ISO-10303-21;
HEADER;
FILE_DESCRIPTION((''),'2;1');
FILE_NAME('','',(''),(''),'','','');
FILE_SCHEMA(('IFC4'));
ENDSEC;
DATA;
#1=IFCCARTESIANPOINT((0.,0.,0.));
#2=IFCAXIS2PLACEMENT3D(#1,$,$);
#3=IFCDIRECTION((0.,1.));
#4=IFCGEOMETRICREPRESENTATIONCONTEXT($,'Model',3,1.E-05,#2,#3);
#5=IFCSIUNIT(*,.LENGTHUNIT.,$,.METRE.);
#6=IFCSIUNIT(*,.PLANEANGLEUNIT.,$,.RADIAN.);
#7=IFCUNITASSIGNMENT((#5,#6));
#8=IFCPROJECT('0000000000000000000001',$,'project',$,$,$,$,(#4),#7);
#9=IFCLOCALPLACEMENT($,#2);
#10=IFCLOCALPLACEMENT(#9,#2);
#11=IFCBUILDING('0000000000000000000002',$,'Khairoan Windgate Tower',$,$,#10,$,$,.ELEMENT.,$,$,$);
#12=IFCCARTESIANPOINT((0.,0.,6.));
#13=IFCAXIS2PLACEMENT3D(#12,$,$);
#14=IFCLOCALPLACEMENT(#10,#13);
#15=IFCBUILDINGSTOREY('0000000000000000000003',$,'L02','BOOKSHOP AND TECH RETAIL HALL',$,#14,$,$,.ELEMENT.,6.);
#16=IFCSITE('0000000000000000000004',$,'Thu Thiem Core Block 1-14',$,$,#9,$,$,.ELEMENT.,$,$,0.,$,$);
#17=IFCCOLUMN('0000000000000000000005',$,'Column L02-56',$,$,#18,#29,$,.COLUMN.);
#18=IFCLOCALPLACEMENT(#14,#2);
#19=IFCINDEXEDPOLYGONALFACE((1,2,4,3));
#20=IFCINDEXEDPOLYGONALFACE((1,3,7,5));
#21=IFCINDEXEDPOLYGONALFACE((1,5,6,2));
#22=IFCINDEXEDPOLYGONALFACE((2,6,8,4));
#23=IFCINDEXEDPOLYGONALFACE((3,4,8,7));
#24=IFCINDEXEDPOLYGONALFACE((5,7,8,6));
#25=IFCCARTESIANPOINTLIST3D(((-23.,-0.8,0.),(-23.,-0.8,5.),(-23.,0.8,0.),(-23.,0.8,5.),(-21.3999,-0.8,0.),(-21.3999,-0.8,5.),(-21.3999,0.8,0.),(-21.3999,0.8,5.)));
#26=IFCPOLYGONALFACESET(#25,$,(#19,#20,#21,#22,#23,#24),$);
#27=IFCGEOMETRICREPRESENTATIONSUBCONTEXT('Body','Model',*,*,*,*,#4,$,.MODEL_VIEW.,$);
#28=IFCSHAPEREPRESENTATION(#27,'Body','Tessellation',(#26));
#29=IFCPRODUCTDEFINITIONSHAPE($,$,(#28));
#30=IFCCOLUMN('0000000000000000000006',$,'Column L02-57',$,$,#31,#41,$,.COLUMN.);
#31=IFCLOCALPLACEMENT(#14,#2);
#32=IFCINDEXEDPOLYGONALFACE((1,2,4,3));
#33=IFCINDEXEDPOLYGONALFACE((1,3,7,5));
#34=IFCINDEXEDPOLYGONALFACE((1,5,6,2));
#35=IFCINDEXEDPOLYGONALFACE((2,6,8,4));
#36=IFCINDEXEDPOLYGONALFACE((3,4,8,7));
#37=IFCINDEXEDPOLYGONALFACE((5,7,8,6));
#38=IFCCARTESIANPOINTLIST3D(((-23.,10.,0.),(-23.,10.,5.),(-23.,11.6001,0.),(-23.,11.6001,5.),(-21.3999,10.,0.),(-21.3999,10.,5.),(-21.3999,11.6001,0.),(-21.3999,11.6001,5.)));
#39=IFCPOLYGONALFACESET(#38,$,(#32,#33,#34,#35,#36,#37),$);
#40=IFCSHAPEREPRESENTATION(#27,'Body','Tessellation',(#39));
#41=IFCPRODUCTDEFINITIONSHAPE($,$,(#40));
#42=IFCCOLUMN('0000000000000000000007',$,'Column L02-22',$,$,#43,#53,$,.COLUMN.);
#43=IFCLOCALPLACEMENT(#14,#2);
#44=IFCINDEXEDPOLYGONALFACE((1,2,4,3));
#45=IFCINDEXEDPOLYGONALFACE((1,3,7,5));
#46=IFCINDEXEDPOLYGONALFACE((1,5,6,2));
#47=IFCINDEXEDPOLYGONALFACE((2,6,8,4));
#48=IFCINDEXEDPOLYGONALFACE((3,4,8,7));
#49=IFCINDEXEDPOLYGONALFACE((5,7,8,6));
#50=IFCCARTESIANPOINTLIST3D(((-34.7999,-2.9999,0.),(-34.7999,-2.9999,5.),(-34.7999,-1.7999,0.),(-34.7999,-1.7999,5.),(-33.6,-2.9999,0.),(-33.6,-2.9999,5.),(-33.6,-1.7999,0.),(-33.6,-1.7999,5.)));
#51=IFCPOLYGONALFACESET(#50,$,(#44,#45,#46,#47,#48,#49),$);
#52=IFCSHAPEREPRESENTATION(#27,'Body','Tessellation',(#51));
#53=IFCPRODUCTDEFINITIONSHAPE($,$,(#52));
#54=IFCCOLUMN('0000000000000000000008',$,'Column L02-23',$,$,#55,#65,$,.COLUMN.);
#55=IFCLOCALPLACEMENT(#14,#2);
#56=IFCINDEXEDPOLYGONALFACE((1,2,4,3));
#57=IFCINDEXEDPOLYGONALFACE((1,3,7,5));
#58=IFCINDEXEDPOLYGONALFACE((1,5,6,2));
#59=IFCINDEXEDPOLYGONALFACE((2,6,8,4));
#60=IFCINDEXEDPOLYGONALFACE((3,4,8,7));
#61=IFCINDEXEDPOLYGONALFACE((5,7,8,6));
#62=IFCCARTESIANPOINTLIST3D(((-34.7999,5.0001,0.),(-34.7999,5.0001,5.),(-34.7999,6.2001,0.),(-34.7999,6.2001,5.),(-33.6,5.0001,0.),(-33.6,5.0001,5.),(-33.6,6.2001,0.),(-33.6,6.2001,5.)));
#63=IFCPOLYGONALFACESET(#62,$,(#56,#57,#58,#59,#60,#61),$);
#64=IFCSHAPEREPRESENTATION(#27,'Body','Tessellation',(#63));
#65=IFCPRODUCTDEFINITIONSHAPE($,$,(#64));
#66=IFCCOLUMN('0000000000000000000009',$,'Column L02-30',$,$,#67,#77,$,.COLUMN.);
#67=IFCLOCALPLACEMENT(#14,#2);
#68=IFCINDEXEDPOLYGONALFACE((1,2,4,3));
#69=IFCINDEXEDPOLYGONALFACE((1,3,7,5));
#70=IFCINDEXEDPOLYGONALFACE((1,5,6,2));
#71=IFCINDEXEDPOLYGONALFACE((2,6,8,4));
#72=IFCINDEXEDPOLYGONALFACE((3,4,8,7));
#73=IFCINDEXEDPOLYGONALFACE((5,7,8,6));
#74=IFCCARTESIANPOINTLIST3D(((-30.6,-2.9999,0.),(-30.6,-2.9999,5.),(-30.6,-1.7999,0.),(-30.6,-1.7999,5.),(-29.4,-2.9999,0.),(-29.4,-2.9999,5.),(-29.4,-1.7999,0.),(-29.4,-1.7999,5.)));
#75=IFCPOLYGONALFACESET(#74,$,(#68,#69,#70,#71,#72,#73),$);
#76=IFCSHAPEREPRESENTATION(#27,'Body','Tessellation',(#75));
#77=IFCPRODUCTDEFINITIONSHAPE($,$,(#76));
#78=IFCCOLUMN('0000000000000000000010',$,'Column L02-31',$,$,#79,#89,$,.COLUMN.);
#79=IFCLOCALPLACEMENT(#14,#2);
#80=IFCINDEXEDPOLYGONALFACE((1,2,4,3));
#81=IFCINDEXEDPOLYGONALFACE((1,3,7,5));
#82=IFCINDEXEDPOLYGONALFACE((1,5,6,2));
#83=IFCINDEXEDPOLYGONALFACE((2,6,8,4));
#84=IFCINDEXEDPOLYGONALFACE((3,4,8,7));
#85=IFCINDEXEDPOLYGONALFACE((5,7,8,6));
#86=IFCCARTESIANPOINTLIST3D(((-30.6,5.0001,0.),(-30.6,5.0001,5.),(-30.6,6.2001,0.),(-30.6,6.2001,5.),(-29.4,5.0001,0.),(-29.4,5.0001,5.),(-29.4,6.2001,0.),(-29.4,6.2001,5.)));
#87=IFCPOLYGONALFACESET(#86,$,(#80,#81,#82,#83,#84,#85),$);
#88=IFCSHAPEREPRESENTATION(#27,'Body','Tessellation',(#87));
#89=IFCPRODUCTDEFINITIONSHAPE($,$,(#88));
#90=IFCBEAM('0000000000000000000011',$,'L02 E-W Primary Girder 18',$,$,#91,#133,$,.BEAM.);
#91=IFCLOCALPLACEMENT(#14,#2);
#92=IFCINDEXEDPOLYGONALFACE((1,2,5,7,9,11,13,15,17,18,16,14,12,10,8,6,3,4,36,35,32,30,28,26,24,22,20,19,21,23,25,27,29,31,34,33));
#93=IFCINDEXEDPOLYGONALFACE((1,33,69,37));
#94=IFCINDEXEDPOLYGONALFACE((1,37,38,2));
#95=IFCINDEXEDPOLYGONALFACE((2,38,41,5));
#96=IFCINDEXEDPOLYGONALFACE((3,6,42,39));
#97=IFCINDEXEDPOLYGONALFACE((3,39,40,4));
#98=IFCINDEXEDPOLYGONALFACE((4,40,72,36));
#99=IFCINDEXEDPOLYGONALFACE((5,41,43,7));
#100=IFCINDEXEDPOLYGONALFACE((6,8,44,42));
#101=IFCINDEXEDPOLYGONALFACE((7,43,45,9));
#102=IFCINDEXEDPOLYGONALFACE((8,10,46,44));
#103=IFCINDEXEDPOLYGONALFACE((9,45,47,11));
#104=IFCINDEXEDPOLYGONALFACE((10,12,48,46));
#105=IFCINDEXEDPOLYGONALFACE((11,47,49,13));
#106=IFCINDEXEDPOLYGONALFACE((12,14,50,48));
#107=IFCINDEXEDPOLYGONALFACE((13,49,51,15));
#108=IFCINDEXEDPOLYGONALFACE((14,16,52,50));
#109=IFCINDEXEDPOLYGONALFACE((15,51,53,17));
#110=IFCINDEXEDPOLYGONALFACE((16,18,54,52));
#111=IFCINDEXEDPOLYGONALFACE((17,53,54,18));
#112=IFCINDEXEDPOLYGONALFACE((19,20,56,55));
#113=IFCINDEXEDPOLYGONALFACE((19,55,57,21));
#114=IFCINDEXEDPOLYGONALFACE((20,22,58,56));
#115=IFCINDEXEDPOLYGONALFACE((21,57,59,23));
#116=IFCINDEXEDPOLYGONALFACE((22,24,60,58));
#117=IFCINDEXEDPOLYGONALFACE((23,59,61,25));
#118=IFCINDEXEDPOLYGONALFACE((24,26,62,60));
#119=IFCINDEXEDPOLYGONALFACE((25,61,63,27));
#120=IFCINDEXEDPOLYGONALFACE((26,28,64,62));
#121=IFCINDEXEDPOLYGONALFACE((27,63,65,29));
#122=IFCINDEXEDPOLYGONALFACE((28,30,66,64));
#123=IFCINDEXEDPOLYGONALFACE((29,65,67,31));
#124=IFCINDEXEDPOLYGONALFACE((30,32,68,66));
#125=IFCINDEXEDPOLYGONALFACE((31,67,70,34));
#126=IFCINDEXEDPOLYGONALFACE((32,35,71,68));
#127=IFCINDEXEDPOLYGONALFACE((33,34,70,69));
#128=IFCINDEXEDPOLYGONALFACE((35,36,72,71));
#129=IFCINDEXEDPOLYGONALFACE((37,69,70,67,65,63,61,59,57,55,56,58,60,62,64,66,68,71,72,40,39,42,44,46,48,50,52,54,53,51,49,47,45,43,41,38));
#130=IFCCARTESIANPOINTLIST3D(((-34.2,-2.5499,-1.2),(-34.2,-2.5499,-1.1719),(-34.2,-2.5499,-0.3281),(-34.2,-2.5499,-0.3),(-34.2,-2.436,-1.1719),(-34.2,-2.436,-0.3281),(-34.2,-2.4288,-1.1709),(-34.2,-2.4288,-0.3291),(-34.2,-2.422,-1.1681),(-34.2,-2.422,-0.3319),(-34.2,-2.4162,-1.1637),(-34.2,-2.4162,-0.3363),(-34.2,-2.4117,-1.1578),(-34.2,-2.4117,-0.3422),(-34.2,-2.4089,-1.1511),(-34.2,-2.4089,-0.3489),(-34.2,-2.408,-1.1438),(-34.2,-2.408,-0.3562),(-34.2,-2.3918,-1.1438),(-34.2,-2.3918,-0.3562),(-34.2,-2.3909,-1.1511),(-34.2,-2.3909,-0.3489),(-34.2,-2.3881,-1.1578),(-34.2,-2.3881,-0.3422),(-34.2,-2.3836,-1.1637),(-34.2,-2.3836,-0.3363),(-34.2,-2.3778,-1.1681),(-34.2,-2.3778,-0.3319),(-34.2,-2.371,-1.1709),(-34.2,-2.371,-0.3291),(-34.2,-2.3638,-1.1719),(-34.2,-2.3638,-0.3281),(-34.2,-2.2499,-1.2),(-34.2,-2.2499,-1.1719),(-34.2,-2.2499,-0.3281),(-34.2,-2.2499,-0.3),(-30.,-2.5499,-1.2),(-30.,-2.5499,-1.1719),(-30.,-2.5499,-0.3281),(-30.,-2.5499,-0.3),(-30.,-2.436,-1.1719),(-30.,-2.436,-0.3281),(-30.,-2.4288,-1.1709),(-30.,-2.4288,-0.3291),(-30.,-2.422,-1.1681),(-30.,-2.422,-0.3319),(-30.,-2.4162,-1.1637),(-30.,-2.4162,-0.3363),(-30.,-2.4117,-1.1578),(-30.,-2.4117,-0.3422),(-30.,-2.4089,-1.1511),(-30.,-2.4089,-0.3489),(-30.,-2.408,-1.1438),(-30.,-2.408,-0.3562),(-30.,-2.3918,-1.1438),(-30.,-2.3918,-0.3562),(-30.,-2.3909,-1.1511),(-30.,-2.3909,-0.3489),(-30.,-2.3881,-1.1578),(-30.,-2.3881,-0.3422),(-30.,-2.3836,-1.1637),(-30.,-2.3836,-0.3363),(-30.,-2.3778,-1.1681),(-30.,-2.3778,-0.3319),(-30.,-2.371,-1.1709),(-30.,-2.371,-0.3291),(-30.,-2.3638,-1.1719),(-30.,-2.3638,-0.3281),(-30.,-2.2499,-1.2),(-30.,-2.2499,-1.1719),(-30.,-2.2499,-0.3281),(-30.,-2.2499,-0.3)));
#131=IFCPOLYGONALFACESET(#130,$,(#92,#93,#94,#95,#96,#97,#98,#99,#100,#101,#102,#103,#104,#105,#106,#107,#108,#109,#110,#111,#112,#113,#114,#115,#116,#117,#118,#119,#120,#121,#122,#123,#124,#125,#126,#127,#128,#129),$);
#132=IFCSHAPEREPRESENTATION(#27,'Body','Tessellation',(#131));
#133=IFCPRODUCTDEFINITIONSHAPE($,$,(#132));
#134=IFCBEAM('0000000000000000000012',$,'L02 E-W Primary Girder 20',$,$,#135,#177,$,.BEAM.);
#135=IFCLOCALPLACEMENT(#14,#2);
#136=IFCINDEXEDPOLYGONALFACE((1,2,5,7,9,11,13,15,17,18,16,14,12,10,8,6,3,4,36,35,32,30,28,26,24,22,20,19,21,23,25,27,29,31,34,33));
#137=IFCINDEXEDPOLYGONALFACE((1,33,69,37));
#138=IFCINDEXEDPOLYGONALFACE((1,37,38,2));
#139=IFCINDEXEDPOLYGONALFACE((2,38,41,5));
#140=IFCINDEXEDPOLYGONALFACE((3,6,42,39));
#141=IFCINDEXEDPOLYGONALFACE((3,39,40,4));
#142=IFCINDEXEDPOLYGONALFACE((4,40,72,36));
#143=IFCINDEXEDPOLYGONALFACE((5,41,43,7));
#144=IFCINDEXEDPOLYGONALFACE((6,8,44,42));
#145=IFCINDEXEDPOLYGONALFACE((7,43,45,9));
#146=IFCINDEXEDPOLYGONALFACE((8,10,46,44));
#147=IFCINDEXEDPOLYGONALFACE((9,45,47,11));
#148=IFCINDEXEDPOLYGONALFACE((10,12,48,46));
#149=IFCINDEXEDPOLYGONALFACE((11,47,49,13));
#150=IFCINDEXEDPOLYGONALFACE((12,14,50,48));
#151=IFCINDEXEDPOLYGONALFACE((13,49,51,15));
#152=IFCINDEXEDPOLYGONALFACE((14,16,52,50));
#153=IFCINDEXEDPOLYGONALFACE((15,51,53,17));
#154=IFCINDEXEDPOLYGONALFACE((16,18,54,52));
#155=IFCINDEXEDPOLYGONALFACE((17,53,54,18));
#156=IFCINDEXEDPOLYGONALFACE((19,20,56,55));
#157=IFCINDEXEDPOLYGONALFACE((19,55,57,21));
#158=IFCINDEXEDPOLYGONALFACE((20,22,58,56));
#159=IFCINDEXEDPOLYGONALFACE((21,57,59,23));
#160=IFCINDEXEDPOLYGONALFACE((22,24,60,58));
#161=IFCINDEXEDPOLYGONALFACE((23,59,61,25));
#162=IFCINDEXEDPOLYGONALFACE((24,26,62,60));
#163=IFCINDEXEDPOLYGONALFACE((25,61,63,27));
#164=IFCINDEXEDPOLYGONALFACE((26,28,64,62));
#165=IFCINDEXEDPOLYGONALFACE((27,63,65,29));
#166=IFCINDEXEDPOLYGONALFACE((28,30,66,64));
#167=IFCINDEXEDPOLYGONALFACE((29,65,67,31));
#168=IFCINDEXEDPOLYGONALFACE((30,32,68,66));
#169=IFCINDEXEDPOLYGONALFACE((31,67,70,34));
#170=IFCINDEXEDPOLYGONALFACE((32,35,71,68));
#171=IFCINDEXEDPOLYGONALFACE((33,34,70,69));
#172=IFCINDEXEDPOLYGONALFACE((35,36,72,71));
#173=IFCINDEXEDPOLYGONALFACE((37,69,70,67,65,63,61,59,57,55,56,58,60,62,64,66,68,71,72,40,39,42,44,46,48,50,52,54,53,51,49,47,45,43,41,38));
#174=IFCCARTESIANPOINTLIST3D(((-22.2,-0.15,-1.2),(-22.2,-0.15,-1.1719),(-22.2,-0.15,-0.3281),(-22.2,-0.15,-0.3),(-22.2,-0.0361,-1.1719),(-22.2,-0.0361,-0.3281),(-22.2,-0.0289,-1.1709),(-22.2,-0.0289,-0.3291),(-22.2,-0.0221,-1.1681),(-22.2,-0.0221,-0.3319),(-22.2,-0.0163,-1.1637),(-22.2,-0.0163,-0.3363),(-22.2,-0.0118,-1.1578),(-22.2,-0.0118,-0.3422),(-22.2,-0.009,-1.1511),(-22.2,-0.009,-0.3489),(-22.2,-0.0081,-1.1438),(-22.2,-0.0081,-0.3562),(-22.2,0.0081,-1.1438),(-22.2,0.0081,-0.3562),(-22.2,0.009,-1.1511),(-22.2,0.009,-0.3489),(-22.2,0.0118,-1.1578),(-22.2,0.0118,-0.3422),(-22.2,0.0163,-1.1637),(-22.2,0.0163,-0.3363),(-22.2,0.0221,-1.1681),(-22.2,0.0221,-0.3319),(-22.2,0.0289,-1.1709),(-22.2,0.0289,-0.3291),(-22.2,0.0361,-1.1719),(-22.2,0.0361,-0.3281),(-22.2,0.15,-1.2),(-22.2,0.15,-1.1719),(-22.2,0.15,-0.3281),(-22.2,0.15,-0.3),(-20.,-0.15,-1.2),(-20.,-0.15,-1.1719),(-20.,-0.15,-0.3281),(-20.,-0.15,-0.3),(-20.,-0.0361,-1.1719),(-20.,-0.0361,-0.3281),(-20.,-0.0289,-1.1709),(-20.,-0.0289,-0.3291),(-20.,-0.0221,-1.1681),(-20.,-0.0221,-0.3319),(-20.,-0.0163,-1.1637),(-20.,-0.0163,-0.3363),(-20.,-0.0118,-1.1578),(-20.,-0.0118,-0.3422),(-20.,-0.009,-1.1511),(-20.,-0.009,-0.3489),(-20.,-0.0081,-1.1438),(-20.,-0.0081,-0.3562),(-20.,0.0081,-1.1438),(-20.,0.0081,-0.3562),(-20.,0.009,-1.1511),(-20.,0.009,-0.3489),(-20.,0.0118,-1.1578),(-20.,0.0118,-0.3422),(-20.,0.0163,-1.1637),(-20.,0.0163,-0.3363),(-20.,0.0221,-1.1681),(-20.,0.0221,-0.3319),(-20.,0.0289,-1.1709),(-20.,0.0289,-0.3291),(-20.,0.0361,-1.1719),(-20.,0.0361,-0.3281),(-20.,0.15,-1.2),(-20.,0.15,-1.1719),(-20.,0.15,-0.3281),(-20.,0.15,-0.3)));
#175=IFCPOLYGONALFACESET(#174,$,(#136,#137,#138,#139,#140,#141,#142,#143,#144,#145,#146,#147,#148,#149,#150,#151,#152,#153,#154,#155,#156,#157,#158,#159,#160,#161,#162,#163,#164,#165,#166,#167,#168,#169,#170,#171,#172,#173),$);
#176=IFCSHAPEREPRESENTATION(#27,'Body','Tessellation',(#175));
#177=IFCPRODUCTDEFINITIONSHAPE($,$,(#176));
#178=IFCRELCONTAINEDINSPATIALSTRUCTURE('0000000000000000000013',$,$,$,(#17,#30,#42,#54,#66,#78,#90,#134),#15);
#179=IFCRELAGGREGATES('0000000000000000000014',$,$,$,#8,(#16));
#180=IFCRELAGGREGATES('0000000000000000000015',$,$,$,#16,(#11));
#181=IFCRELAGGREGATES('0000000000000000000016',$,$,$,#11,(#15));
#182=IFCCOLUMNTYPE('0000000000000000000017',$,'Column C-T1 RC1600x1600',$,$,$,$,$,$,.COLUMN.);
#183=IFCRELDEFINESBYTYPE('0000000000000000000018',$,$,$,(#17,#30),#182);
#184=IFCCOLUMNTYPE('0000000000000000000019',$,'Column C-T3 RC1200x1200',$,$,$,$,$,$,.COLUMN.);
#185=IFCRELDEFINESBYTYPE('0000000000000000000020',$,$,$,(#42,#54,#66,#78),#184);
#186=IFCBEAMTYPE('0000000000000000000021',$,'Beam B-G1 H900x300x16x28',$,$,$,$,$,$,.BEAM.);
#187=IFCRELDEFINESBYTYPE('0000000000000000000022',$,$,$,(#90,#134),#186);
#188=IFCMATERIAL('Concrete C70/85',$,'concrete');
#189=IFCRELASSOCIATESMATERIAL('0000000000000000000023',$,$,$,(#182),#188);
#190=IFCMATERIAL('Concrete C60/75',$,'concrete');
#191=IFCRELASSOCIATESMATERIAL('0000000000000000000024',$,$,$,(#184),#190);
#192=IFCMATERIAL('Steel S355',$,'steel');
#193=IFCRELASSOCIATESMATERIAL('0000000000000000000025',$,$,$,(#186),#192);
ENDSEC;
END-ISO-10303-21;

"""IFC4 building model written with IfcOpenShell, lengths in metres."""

from ifc_helpers import new_model, si_unit, direction, frame, origin, origin_2d, place, context, subcontext, project, spatial, rectangle, i_section, extrude, material, material_profile, profile_set, type_object, element, save


model = new_model("IFC4")

# Units and contexts
model_context = context("Model", 3, precision=1e-05, world=origin(), true_north=direction((0.0, 1.0)))
body_context = subcontext(model_context, "Body", "Model", "MODEL_VIEW")
ifc_project = project(units=[si_unit("LENGTHUNIT", "METRE"), si_unit("PLANEANGLEUNIT", "RADIAN")], contexts=[model_context])

# Site, building, storey
site_placement = place(None, origin())
site = spatial("IfcSite", under=ifc_project, at=site_placement, Name="Thu Thiem Core Block 1-14", CompositionType="ELEMENT", RefElevation=0.0)
building_placement = place(site_placement, origin())
building = spatial("IfcBuilding", under=site, at=building_placement, Name="Khairoan Windgate Tower", CompositionType="ELEMENT")
storey_placement = place(building_placement, frame((0.0, 0.0, 6.0)))
storey = spatial("IfcBuildingStorey", under=building, at=storey_placement, Name="L02", Description="BOOKSHOP AND TECH RETAIL HALL", CompositionType="ELEMENT", Elevation=6.0)

# Columns
ifc_material_1 = material(Name="Concrete C70/85", Category="concrete")
ifc_material_profile_1 = material_profile(ifc_material_1, rectangle(XDim=1.6001, YDim=1.6001, at=origin_2d()))
ifc_profile_set_1 = profile_set([ifc_material_profile_1], Name="Concrete C70/85")
column_type_1 = type_object("IfcColumnType", Name="Column C-T1 RC1600x1600", PredefinedType="COLUMN", material=ifc_profile_set_1)
for number, where, z_axis, x_axis, name in (
    (1, (-22.2, 0.0, 0.0), (0.0, 0.0, 1.0), (1.0, 0.0, 0.0), "Column L02-56"),
    (2, (-22.2, 10.8, 0.0), (0.0, 0.0, 1.0), (1.0, 0.0, 0.0), "Column L02-57"),
):
    element("IfcColumn", number, at=place(storey_placement, frame(where, z_axis=z_axis, x_axis=x_axis)), inside=storey, type_object=column_type_1, Name=name, PredefinedType="COLUMN", context=body_context, shape_type="SweptSolid", body=[
        extrude(rectangle(XDim=1.6001, YDim=1.6001, at=origin_2d()), origin(), (0.0, 0.0, 1.0), 5.0),
    ])
ifc_material_2 = material(Name="Concrete C60/75", Category="concrete")
ifc_material_profile_2 = material_profile(ifc_material_2, rectangle(XDim=1.2, YDim=1.2, at=origin_2d()))
ifc_profile_set_2 = profile_set([ifc_material_profile_2], Name="Concrete C60/75")
column_type_2 = type_object("IfcColumnType", Name="Column C-T3 RC1200x1200", PredefinedType="COLUMN", material=ifc_profile_set_2)
for number, where, z_axis, x_axis, name in (
    (3, (-34.2, -2.3999, 0.0), (0.0, 0.0, 1.0), (1.0, 0.0, 0.0), "Column L02-22"),
    (4, (-34.2, 5.6001, 0.0), (0.0, 0.0, 1.0), (1.0, 0.0, 0.0), "Column L02-23"),
    (5, (-30.0, -2.3999, 0.0), (0.0, 0.0, 1.0), (1.0, 0.0, 0.0), "Column L02-30"),
    (6, (-30.0, 5.6001, 0.0), (0.0, 0.0, 1.0), (1.0, 0.0, 0.0), "Column L02-31"),
):
    element("IfcColumn", number, at=place(storey_placement, frame(where, z_axis=z_axis, x_axis=x_axis)), inside=storey, type_object=column_type_2, Name=name, PredefinedType="COLUMN", context=body_context, shape_type="SweptSolid", body=[
        extrude(rectangle(XDim=1.2, YDim=1.2, at=origin_2d()), origin(), (0.0, 0.0, 1.0), 5.0),
    ])

# Beams
ifc_material_3 = material(Name="Steel S355", Category="steel")
ifc_material_profile_3 = material_profile(ifc_material_3, i_section(OverallWidth=0.3, OverallDepth=0.8999, WebThickness=0.0161, FlangeThickness=0.0281, FilletRadius=0.0281, at=origin_2d()))
ifc_profile_set_3 = profile_set([ifc_material_profile_3], Name="Steel S355")
beam_type_1 = type_object("IfcBeamType", Name="Beam B-G1 H900x300x16x28", PredefinedType="BEAM", material=ifc_profile_set_3)
beam_1_placement = place(storey_placement, frame((-34.2, -2.3999, -0.75), z_axis=(1.0, 0.0, 0.0), x_axis=(0.0, 1.0, 0.0)))
element("IfcBeam", 7, at=beam_1_placement, inside=storey, type_object=beam_type_1, Name="L02 E-W Primary Girder 18", PredefinedType="BEAM", context=body_context, shape_type="SweptSolid", body=[
    extrude(i_section(OverallWidth=0.3, OverallDepth=0.8999, WebThickness=0.0161, FlangeThickness=0.0281, FilletRadius=0.0281, at=origin_2d()), origin(), (0.0, 0.0, 1.0), 4.2),
])
beam_2_placement = place(storey_placement, frame((-22.2, 0.0, -0.75), z_axis=(1.0, 0.0, 0.0), x_axis=(0.0, 1.0, 0.0)))
element("IfcBeam", 8, at=beam_2_placement, inside=storey, type_object=beam_type_1, Name="L02 E-W Primary Girder 20", PredefinedType="BEAM", context=body_context, shape_type="SweptSolid", body=[
    extrude(i_section(OverallWidth=0.3, OverallDepth=0.8999, WebThickness=0.0161, FlangeThickness=0.0281, FilletRadius=0.0281, at=origin_2d()), origin(), (0.0, 0.0, 1.0), 2.2),
])

save(model, "model.ifc")
